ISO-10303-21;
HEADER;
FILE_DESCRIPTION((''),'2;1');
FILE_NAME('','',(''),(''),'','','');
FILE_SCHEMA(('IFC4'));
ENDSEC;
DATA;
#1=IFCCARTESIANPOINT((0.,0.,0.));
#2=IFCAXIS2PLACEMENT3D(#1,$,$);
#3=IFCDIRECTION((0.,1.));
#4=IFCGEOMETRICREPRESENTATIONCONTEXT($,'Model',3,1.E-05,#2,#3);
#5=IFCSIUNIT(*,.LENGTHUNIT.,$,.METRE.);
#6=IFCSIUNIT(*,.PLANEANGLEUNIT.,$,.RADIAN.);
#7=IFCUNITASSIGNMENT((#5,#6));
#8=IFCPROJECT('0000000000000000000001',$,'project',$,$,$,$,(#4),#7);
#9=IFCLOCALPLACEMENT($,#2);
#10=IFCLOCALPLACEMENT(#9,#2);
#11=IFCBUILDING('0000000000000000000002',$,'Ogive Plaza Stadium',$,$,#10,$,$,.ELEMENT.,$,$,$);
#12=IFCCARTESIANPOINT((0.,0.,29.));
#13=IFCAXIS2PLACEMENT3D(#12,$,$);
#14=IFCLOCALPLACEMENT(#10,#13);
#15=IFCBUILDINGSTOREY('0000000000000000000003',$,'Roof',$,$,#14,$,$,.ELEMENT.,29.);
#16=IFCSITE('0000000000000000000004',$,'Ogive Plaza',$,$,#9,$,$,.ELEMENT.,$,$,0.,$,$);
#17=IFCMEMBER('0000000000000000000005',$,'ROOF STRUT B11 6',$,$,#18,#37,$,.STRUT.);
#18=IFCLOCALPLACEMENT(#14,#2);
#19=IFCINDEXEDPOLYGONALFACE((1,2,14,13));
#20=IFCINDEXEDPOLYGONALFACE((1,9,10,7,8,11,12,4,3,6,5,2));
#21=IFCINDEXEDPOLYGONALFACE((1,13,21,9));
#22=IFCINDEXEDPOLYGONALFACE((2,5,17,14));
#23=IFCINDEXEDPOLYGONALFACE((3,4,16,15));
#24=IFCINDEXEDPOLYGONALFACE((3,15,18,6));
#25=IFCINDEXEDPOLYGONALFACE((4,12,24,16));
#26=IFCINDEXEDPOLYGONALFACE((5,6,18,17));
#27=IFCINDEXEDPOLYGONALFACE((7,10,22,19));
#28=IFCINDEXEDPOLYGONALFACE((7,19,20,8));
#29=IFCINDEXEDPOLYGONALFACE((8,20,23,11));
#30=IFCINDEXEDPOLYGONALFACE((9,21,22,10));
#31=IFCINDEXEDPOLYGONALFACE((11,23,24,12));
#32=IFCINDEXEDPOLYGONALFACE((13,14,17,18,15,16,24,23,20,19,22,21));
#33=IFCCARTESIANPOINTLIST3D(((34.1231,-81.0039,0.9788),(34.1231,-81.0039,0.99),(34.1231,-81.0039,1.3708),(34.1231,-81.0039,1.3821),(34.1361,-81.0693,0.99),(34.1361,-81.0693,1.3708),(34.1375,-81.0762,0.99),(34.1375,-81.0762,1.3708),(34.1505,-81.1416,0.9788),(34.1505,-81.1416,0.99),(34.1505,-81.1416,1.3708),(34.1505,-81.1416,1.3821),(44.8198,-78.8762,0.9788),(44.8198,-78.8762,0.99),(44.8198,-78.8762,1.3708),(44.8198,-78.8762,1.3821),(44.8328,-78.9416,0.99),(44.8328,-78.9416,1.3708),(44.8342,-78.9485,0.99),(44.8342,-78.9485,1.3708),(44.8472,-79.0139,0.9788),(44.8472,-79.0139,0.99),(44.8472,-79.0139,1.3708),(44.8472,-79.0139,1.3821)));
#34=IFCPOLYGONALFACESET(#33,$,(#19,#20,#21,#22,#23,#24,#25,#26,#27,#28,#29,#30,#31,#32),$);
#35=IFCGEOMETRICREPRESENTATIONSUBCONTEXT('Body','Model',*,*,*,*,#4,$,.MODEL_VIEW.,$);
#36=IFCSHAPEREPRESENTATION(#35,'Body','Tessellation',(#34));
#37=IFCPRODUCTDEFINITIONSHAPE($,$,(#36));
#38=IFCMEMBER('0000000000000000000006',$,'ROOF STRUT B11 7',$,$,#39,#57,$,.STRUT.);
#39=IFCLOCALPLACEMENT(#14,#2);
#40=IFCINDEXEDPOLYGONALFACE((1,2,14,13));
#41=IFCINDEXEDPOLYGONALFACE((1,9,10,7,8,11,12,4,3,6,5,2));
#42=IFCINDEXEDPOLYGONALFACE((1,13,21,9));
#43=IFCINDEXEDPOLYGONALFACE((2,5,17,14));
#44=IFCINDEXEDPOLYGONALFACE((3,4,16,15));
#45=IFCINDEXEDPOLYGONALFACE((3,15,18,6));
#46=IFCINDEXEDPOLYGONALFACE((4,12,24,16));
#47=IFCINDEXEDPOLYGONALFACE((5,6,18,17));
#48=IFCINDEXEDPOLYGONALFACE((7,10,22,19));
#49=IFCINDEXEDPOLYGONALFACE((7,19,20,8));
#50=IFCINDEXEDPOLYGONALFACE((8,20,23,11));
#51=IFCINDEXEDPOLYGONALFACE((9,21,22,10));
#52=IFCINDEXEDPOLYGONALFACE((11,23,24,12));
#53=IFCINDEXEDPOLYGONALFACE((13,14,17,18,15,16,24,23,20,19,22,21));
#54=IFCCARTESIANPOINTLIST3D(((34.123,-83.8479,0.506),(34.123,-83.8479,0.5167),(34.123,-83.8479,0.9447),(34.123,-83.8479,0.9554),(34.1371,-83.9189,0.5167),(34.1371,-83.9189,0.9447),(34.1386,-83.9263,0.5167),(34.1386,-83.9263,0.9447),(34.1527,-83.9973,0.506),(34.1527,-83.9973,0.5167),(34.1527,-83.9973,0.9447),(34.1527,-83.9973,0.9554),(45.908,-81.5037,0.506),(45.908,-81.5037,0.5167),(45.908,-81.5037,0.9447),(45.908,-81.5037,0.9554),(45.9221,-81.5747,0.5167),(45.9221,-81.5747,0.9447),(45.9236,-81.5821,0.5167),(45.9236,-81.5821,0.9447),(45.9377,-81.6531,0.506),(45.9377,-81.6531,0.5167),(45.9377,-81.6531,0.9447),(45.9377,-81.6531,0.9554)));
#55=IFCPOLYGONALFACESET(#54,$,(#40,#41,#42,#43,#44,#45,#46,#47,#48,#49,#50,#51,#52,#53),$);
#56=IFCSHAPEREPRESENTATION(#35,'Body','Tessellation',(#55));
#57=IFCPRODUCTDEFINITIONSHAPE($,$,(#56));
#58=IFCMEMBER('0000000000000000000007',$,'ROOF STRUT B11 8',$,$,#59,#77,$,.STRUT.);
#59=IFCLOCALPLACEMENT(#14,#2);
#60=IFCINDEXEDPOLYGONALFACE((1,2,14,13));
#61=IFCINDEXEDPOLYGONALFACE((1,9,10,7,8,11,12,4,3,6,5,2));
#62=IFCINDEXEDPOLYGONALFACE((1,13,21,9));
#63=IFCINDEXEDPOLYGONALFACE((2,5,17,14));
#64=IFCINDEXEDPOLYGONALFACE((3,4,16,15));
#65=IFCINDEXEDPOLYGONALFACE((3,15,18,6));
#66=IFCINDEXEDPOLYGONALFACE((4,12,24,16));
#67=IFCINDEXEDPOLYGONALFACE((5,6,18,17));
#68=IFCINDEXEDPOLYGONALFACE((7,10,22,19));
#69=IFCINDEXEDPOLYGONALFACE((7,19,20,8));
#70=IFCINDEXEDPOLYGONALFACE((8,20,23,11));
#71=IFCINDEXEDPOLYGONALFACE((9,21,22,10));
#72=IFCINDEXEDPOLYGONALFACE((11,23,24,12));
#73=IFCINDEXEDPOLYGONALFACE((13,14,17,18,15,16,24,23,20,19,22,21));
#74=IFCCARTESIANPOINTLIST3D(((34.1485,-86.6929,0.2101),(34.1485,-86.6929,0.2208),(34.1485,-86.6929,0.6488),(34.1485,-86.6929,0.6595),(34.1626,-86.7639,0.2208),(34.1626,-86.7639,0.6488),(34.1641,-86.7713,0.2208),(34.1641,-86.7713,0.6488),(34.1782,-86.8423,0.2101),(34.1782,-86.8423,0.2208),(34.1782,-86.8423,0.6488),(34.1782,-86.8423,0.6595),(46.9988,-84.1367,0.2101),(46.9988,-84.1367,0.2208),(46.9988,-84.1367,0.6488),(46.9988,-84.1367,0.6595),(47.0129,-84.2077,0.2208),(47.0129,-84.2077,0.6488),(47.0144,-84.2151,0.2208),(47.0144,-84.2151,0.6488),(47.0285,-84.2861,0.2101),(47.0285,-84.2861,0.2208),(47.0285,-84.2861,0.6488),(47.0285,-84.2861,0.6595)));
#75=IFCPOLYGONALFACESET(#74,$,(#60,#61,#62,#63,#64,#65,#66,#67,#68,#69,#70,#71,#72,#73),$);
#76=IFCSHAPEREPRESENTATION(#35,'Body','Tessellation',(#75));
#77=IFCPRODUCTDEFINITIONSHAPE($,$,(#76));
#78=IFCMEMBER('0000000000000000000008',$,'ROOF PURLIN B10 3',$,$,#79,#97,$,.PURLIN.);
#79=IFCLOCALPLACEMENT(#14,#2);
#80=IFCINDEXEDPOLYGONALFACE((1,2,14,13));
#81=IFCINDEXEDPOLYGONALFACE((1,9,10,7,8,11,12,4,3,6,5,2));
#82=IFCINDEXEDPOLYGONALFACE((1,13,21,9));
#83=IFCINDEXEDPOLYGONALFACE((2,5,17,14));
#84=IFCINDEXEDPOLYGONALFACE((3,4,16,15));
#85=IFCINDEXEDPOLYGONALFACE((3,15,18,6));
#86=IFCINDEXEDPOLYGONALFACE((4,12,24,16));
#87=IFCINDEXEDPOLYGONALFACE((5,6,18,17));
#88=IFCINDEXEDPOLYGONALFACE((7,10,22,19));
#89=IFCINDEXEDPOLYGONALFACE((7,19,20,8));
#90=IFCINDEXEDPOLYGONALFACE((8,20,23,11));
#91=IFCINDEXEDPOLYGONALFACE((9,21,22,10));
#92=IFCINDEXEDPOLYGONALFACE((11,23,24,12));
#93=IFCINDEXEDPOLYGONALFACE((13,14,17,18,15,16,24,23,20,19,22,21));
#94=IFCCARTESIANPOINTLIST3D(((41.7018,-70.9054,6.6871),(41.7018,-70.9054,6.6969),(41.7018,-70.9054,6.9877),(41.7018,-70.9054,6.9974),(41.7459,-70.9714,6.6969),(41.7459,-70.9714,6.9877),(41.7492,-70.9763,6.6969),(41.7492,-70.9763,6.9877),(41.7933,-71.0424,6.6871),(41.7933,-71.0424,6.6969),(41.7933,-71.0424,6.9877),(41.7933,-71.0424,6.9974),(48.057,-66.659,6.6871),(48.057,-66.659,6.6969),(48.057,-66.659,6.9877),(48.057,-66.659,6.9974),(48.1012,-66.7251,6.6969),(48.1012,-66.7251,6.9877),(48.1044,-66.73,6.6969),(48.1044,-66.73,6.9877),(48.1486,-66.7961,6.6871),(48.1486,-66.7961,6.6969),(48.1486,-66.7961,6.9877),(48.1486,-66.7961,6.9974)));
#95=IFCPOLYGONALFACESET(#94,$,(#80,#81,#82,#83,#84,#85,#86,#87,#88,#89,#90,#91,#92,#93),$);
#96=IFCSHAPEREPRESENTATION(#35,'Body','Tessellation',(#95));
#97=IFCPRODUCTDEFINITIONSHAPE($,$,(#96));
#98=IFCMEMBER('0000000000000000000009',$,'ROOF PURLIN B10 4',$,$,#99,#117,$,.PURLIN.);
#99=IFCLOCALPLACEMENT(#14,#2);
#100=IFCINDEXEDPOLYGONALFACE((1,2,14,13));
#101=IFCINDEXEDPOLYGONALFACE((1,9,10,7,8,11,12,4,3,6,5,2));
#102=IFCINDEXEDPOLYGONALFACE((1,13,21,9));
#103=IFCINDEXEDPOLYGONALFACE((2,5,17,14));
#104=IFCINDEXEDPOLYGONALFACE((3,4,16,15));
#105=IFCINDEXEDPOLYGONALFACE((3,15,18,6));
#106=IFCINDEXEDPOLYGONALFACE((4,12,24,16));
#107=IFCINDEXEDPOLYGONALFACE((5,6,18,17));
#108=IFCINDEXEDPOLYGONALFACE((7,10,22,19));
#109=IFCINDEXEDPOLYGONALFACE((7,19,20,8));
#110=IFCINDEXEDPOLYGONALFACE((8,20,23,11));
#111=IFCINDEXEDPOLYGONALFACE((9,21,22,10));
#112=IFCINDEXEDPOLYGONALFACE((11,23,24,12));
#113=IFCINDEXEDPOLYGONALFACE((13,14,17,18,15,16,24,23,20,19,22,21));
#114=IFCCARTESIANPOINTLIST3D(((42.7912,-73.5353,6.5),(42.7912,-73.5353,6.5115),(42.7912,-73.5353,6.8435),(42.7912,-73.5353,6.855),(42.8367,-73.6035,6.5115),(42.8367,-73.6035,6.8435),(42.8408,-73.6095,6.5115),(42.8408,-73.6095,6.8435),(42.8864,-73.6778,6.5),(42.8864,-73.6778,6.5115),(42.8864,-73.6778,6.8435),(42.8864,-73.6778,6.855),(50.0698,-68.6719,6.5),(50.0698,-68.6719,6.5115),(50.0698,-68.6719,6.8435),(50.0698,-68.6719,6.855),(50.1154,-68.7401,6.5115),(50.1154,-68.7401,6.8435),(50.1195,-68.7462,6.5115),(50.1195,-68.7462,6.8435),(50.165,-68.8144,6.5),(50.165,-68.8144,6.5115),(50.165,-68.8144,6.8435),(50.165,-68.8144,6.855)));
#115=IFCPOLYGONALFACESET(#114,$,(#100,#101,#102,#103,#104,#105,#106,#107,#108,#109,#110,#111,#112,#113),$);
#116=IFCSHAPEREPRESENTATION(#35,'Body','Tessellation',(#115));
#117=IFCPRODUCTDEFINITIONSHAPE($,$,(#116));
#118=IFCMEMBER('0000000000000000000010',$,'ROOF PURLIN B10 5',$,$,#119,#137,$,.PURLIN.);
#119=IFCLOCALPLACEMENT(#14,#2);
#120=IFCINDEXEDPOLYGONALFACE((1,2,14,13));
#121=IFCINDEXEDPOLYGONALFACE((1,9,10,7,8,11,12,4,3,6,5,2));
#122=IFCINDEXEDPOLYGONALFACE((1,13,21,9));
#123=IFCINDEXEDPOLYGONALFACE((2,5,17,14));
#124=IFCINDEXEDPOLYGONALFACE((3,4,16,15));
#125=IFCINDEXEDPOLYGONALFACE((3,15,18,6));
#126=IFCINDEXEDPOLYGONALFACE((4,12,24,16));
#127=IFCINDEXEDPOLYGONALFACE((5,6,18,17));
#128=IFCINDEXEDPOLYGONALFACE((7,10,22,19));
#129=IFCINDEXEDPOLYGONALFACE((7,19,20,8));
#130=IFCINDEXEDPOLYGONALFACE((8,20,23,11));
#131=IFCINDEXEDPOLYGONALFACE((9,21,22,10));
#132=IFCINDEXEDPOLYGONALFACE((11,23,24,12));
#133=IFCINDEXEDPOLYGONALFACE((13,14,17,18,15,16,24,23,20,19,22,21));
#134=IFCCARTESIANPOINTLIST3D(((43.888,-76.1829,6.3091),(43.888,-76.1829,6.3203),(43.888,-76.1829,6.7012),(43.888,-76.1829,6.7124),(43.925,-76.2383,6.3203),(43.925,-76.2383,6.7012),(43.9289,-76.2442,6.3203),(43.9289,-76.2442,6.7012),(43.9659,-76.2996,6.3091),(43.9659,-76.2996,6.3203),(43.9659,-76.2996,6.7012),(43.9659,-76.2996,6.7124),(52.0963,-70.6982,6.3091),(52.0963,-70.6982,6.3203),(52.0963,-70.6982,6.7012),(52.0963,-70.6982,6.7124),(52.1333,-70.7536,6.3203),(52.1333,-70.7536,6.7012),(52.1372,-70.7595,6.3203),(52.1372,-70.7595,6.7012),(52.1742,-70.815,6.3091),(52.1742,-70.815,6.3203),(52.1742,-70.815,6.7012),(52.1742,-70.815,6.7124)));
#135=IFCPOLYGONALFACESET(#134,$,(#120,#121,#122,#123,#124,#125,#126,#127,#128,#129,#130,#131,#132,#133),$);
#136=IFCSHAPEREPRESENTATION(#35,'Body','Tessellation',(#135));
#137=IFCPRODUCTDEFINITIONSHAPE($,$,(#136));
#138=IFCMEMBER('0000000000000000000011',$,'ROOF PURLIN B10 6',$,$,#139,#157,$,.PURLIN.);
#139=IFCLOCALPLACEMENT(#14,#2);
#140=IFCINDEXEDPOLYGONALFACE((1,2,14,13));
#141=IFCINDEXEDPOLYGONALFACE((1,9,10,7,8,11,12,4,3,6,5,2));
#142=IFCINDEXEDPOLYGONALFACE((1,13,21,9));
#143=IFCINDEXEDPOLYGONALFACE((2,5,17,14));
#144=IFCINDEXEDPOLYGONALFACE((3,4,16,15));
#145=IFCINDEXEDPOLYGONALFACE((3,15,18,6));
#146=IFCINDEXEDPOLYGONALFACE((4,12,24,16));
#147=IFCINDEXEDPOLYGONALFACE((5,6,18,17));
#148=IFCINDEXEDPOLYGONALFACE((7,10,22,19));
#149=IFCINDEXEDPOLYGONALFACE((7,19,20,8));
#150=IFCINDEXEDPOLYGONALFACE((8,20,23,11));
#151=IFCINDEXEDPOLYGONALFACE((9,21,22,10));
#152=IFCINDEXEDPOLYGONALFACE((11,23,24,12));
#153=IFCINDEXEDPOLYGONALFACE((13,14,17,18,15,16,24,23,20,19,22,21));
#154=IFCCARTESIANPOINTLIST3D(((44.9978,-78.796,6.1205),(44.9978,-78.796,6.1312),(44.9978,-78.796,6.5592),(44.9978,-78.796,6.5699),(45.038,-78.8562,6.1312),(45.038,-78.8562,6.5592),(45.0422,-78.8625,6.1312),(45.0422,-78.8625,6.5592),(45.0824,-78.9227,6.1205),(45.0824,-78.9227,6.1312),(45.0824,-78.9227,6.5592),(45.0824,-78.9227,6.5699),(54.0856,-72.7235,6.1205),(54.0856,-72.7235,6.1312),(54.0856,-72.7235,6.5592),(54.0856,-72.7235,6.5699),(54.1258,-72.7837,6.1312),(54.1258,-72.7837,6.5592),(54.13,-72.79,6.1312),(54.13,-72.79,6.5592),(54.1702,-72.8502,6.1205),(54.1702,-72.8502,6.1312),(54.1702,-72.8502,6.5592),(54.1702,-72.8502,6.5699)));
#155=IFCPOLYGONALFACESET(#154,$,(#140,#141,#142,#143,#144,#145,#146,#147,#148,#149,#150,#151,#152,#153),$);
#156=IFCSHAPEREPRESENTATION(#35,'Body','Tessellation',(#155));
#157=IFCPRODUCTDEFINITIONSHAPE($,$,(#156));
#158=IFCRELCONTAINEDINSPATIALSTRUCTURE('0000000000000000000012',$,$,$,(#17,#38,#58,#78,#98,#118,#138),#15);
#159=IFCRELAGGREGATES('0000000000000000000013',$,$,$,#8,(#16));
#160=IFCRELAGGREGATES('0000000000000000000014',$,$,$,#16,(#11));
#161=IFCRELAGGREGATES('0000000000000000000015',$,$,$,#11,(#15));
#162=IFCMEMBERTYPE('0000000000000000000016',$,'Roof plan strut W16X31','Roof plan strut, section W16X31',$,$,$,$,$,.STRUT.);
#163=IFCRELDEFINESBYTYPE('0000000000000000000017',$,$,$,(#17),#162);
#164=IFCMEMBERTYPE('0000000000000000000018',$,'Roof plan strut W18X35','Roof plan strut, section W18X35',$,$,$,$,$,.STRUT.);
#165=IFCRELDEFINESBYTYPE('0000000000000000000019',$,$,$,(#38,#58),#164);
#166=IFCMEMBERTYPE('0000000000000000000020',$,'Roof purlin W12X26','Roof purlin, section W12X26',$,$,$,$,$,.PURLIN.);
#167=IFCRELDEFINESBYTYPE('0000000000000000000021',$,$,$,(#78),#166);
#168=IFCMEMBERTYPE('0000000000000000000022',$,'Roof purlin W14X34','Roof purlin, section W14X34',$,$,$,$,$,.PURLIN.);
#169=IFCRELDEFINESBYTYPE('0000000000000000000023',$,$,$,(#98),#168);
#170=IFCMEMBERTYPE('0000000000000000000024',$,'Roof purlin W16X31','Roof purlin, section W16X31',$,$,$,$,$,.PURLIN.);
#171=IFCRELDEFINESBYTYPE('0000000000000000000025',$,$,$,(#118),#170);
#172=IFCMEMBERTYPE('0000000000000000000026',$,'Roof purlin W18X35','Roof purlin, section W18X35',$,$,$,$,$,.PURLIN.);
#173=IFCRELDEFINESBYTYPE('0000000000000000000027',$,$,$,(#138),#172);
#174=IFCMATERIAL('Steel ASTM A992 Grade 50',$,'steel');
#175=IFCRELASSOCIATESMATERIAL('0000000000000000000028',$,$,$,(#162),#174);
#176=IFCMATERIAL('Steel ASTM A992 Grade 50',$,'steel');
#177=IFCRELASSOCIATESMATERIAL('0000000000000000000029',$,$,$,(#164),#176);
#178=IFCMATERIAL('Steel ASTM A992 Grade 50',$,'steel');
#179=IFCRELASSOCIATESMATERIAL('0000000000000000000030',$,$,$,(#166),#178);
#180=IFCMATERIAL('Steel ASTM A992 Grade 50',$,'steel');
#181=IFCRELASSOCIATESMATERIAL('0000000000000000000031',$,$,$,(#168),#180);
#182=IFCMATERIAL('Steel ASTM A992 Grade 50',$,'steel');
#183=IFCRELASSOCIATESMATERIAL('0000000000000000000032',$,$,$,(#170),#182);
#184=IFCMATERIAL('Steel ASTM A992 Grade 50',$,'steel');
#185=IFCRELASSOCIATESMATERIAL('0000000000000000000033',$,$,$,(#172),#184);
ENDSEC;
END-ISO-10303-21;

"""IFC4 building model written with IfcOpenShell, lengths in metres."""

from ifc_helpers import new_model, si_unit, direction, frame, origin, origin_2d, place, context, subcontext, project, spatial, i_section, extrude, material, material_profile, profile_set, type_object, element, save


model = new_model("IFC4")

# Units and contexts
model_context = context("Model", 3, precision=1e-05, world=origin(), true_north=direction((0.0, 1.0)))
body_context = subcontext(model_context, "Body", "Model", "MODEL_VIEW")
ifc_project = project(units=[si_unit("LENGTHUNIT", "METRE"), si_unit("PLANEANGLEUNIT", "RADIAN")], contexts=[model_context])

# Site, building, storey
site_placement = place(None, origin())
site = spatial("IfcSite", under=ifc_project, at=site_placement, Name="Ogive Plaza", CompositionType="ELEMENT", RefElevation=0.0)
building_placement = place(site_placement, origin())
building = spatial("IfcBuilding", under=site, at=building_placement, Name="Ogive Plaza Stadium", CompositionType="ELEMENT")
storey_placement = place(building_placement, frame((0.0, 0.0, 29.0)))
storey = spatial("IfcBuildingStorey", under=building, at=storey_placement, Name="Roof", CompositionType="ELEMENT", Elevation=29.0)

# Members
ifc_material_1 = material(Name="Steel ASTM A992 Grade 50", Category="steel")
ifc_material_profile_1 = material_profile(ifc_material_1, i_section(OverallWidth=0.1404, OverallDepth=0.4033, WebThickness=0.0071, FlangeThickness=0.0112, at=origin_2d()), Name="W16X31")
ifc_profile_set_1 = profile_set([ifc_material_profile_1], Name="Steel ASTM A992 Grade 50")
member_type_1 = type_object("IfcMemberType", Name="Roof plan strut W16X31", Description="Roof plan strut, section W16X31", PredefinedType="STRUT", material=ifc_profile_set_1)
member_1_placement = place(storey_placement, frame((44.8335, -78.9451, 1.1804), z_axis=(-0.980786, -0.195087, 0.0), x_axis=(0.195087, -0.980786, 0.0)))
element("IfcMember", 1, at=member_1_placement, inside=storey, type_object=member_type_1, Name="ROOF STRUT B11 6", PredefinedType="STRUT", context=body_context, shape_type="SweptSolid", body=[
    extrude(i_section(OverallWidth=0.1404, OverallDepth=0.4033, WebThickness=0.0071, FlangeThickness=0.0112, at=origin_2d()), origin(), (0.0, 0.0, 1.0), 10.9062),
])
ifc_material_2 = material(Name="Steel ASTM A992 Grade 50", Category="steel")
ifc_material_profile_2 = material_profile(ifc_material_2, i_section(OverallWidth=0.1523, OverallDepth=0.4495, WebThickness=0.0076, FlangeThickness=0.0107, at=origin_2d()), Name="W18X35")
ifc_profile_set_2 = profile_set([ifc_material_profile_2], Name="Steel ASTM A992 Grade 50")
member_type_2 = type_object("IfcMemberType", Name="Roof plan strut W18X35", Description="Roof plan strut, section W18X35", PredefinedType="STRUT", material=ifc_profile_set_2)
member_2_placement = place(storey_placement, frame((45.9229, -81.5784, 0.7307), z_axis=(-0.980784, -0.195096, 0.0), x_axis=(0.195096, -0.980784, 0.0)))
element("IfcMember", 2, at=member_2_placement, inside=storey, type_object=member_type_2, Name="ROOF STRUT B11 7", PredefinedType="STRUT", context=body_context, shape_type="SweptSolid", body=[
    extrude(i_section(OverallWidth=0.1523, OverallDepth=0.4495, WebThickness=0.0076, FlangeThickness=0.0107, at=origin_2d()), origin(), (0.0, 0.0, 1.0), 12.0159),
])
member_3_placement = place(storey_placement, frame((47.0137, -84.2114, 0.4348), z_axis=(-0.980784, -0.195095, 0.0), x_axis=(0.195095, -0.980784, 0.0)))
element("IfcMember", 3, at=member_3_placement, inside=storey, type_object=member_type_2, Name="ROOF STRUT B11 8", PredefinedType="STRUT", context=body_context, shape_type="SweptSolid", body=[
    extrude(i_section(OverallWidth=0.1523, OverallDepth=0.4495, WebThickness=0.0076, FlangeThickness=0.0107, at=origin_2d()), origin(), (0.0, 0.0, 1.0), 13.1021),
])
ifc_material_3 = material(Name="Steel ASTM A992 Grade 50", Category="steel")
ifc_material_profile_3 = material_profile(ifc_material_3, i_section(OverallWidth=0.1648, OverallDepth=0.3103, WebThickness=0.0059, FlangeThickness=0.0098, at=origin_2d()), Name="W12X26")
ifc_profile_set_3 = profile_set([ifc_material_profile_3], Name="Steel ASTM A992 Grade 50")
member_type_3 = type_object("IfcMemberType", Name="Roof purlin W12X26", Description="Roof purlin, section W12X26", PredefinedType="PURLIN", material=ifc_profile_set_3)
member_4_placement = place(storey_placement, frame((48.1028, -66.7275, 6.8423), z_axis=(-0.831475, -0.555562, 0.0), x_axis=(0.555562, -0.831475, 0.0)))
element("IfcMember", 4, at=member_4_placement, inside=storey, type_object=member_type_3, Name="ROOF PURLIN B10 3", PredefinedType="PURLIN", context=body_context, shape_type="SweptSolid", body=[
    extrude(i_section(OverallWidth=0.1648, OverallDepth=0.3103, WebThickness=0.0059, FlangeThickness=0.0098, at=origin_2d()), origin(), (0.0, 0.0, 1.0), 7.6433),
])
ifc_material_4 = material(Name="Steel ASTM A992 Grade 50", Category="steel")
ifc_material_profile_4 = material_profile(ifc_material_4, i_section(OverallWidth=0.1714, OverallDepth=0.355, WebThickness=0.0073, FlangeThickness=0.0115, at=origin_2d()), Name="W14X34")
ifc_profile_set_4 = profile_set([ifc_material_profile_4], Name="Steel ASTM A992 Grade 50")
member_type_4 = type_object("IfcMemberType", Name="Roof purlin W14X34", Description="Roof purlin, section W14X34", PredefinedType="PURLIN", material=ifc_profile_set_4)
member_5_placement = place(storey_placement, frame((50.1174, -68.7432, 6.6775), z_axis=(-0.831475, -0.555562, 0.0), x_axis=(0.555562, -0.831475, 0.0)))
element("IfcMember", 5, at=member_5_placement, inside=storey, type_object=member_type_4, Name="ROOF PURLIN B10 4", PredefinedType="PURLIN", context=body_context, shape_type="SweptSolid", body=[
    extrude(i_section(OverallWidth=0.1714, OverallDepth=0.355, WebThickness=0.0073, FlangeThickness=0.0115, at=origin_2d()), origin(), (0.0, 0.0, 1.0), 8.7539),
])
ifc_material_5 = material(Name="Steel ASTM A992 Grade 50", Category="steel")
ifc_material_profile_5 = material_profile(ifc_material_5, i_section(OverallWidth=0.1404, OverallDepth=0.4033, WebThickness=0.0071, FlangeThickness=0.0112, at=origin_2d()), Name="W16X31")
ifc_profile_set_5 = profile_set([ifc_material_profile_5], Name="Steel ASTM A992 Grade 50")
member_type_5 = type_object("IfcMemberType", Name="Roof purlin W16X31", Description="Roof purlin, section W16X31", PredefinedType="PURLIN", material=ifc_profile_set_5)
member_6_placement = place(storey_placement, frame((52.1353, -70.7566, 6.5107), z_axis=(-0.831468, -0.555573, 0.0), x_axis=(0.555573, -0.831468, 0.0)))
element("IfcMember", 6, at=member_6_placement, inside=storey, type_object=member_type_5, Name="ROOF PURLIN B10 5", PredefinedType="PURLIN", context=body_context, shape_type="SweptSolid", body=[
    extrude(i_section(OverallWidth=0.1404, OverallDepth=0.4033, WebThickness=0.0071, FlangeThickness=0.0112, at=origin_2d()), origin(), (0.0, 0.0, 1.0), 9.8721),
])
ifc_material_6 = material(Name="Steel ASTM A992 Grade 50", Category="steel")
ifc_material_profile_6 = material_profile(ifc_material_6, i_section(OverallWidth=0.1523, OverallDepth=0.4495, WebThickness=0.0076, FlangeThickness=0.0107, at=origin_2d()), Name="W18X35")
ifc_profile_set_6 = profile_set([ifc_material_profile_6], Name="Steel ASTM A992 Grade 50")
member_type_6 = type_object("IfcMemberType", Name="Roof purlin W18X35", Description="Roof purlin, section W18X35", PredefinedType="PURLIN", material=ifc_profile_set_6)
member_7_placement = place(storey_placement, frame((54.1279, -72.7869, 6.3452), z_axis=(-0.831462, -0.555581, 0.0), x_axis=(0.555581, -0.831462, 0.0)))
element("IfcMember", 7, at=member_7_placement, inside=storey, type_object=member_type_6, Name="ROOF PURLIN B10 6", PredefinedType="PURLIN", context=body_context, shape_type="SweptSolid", body=[
    extrude(i_section(OverallWidth=0.1523, OverallDepth=0.4495, WebThickness=0.0076, FlangeThickness=0.0107, at=origin_2d()), origin(), (0.0, 0.0, 1.0), 10.9299),
])

save(model, "model.ifc")
